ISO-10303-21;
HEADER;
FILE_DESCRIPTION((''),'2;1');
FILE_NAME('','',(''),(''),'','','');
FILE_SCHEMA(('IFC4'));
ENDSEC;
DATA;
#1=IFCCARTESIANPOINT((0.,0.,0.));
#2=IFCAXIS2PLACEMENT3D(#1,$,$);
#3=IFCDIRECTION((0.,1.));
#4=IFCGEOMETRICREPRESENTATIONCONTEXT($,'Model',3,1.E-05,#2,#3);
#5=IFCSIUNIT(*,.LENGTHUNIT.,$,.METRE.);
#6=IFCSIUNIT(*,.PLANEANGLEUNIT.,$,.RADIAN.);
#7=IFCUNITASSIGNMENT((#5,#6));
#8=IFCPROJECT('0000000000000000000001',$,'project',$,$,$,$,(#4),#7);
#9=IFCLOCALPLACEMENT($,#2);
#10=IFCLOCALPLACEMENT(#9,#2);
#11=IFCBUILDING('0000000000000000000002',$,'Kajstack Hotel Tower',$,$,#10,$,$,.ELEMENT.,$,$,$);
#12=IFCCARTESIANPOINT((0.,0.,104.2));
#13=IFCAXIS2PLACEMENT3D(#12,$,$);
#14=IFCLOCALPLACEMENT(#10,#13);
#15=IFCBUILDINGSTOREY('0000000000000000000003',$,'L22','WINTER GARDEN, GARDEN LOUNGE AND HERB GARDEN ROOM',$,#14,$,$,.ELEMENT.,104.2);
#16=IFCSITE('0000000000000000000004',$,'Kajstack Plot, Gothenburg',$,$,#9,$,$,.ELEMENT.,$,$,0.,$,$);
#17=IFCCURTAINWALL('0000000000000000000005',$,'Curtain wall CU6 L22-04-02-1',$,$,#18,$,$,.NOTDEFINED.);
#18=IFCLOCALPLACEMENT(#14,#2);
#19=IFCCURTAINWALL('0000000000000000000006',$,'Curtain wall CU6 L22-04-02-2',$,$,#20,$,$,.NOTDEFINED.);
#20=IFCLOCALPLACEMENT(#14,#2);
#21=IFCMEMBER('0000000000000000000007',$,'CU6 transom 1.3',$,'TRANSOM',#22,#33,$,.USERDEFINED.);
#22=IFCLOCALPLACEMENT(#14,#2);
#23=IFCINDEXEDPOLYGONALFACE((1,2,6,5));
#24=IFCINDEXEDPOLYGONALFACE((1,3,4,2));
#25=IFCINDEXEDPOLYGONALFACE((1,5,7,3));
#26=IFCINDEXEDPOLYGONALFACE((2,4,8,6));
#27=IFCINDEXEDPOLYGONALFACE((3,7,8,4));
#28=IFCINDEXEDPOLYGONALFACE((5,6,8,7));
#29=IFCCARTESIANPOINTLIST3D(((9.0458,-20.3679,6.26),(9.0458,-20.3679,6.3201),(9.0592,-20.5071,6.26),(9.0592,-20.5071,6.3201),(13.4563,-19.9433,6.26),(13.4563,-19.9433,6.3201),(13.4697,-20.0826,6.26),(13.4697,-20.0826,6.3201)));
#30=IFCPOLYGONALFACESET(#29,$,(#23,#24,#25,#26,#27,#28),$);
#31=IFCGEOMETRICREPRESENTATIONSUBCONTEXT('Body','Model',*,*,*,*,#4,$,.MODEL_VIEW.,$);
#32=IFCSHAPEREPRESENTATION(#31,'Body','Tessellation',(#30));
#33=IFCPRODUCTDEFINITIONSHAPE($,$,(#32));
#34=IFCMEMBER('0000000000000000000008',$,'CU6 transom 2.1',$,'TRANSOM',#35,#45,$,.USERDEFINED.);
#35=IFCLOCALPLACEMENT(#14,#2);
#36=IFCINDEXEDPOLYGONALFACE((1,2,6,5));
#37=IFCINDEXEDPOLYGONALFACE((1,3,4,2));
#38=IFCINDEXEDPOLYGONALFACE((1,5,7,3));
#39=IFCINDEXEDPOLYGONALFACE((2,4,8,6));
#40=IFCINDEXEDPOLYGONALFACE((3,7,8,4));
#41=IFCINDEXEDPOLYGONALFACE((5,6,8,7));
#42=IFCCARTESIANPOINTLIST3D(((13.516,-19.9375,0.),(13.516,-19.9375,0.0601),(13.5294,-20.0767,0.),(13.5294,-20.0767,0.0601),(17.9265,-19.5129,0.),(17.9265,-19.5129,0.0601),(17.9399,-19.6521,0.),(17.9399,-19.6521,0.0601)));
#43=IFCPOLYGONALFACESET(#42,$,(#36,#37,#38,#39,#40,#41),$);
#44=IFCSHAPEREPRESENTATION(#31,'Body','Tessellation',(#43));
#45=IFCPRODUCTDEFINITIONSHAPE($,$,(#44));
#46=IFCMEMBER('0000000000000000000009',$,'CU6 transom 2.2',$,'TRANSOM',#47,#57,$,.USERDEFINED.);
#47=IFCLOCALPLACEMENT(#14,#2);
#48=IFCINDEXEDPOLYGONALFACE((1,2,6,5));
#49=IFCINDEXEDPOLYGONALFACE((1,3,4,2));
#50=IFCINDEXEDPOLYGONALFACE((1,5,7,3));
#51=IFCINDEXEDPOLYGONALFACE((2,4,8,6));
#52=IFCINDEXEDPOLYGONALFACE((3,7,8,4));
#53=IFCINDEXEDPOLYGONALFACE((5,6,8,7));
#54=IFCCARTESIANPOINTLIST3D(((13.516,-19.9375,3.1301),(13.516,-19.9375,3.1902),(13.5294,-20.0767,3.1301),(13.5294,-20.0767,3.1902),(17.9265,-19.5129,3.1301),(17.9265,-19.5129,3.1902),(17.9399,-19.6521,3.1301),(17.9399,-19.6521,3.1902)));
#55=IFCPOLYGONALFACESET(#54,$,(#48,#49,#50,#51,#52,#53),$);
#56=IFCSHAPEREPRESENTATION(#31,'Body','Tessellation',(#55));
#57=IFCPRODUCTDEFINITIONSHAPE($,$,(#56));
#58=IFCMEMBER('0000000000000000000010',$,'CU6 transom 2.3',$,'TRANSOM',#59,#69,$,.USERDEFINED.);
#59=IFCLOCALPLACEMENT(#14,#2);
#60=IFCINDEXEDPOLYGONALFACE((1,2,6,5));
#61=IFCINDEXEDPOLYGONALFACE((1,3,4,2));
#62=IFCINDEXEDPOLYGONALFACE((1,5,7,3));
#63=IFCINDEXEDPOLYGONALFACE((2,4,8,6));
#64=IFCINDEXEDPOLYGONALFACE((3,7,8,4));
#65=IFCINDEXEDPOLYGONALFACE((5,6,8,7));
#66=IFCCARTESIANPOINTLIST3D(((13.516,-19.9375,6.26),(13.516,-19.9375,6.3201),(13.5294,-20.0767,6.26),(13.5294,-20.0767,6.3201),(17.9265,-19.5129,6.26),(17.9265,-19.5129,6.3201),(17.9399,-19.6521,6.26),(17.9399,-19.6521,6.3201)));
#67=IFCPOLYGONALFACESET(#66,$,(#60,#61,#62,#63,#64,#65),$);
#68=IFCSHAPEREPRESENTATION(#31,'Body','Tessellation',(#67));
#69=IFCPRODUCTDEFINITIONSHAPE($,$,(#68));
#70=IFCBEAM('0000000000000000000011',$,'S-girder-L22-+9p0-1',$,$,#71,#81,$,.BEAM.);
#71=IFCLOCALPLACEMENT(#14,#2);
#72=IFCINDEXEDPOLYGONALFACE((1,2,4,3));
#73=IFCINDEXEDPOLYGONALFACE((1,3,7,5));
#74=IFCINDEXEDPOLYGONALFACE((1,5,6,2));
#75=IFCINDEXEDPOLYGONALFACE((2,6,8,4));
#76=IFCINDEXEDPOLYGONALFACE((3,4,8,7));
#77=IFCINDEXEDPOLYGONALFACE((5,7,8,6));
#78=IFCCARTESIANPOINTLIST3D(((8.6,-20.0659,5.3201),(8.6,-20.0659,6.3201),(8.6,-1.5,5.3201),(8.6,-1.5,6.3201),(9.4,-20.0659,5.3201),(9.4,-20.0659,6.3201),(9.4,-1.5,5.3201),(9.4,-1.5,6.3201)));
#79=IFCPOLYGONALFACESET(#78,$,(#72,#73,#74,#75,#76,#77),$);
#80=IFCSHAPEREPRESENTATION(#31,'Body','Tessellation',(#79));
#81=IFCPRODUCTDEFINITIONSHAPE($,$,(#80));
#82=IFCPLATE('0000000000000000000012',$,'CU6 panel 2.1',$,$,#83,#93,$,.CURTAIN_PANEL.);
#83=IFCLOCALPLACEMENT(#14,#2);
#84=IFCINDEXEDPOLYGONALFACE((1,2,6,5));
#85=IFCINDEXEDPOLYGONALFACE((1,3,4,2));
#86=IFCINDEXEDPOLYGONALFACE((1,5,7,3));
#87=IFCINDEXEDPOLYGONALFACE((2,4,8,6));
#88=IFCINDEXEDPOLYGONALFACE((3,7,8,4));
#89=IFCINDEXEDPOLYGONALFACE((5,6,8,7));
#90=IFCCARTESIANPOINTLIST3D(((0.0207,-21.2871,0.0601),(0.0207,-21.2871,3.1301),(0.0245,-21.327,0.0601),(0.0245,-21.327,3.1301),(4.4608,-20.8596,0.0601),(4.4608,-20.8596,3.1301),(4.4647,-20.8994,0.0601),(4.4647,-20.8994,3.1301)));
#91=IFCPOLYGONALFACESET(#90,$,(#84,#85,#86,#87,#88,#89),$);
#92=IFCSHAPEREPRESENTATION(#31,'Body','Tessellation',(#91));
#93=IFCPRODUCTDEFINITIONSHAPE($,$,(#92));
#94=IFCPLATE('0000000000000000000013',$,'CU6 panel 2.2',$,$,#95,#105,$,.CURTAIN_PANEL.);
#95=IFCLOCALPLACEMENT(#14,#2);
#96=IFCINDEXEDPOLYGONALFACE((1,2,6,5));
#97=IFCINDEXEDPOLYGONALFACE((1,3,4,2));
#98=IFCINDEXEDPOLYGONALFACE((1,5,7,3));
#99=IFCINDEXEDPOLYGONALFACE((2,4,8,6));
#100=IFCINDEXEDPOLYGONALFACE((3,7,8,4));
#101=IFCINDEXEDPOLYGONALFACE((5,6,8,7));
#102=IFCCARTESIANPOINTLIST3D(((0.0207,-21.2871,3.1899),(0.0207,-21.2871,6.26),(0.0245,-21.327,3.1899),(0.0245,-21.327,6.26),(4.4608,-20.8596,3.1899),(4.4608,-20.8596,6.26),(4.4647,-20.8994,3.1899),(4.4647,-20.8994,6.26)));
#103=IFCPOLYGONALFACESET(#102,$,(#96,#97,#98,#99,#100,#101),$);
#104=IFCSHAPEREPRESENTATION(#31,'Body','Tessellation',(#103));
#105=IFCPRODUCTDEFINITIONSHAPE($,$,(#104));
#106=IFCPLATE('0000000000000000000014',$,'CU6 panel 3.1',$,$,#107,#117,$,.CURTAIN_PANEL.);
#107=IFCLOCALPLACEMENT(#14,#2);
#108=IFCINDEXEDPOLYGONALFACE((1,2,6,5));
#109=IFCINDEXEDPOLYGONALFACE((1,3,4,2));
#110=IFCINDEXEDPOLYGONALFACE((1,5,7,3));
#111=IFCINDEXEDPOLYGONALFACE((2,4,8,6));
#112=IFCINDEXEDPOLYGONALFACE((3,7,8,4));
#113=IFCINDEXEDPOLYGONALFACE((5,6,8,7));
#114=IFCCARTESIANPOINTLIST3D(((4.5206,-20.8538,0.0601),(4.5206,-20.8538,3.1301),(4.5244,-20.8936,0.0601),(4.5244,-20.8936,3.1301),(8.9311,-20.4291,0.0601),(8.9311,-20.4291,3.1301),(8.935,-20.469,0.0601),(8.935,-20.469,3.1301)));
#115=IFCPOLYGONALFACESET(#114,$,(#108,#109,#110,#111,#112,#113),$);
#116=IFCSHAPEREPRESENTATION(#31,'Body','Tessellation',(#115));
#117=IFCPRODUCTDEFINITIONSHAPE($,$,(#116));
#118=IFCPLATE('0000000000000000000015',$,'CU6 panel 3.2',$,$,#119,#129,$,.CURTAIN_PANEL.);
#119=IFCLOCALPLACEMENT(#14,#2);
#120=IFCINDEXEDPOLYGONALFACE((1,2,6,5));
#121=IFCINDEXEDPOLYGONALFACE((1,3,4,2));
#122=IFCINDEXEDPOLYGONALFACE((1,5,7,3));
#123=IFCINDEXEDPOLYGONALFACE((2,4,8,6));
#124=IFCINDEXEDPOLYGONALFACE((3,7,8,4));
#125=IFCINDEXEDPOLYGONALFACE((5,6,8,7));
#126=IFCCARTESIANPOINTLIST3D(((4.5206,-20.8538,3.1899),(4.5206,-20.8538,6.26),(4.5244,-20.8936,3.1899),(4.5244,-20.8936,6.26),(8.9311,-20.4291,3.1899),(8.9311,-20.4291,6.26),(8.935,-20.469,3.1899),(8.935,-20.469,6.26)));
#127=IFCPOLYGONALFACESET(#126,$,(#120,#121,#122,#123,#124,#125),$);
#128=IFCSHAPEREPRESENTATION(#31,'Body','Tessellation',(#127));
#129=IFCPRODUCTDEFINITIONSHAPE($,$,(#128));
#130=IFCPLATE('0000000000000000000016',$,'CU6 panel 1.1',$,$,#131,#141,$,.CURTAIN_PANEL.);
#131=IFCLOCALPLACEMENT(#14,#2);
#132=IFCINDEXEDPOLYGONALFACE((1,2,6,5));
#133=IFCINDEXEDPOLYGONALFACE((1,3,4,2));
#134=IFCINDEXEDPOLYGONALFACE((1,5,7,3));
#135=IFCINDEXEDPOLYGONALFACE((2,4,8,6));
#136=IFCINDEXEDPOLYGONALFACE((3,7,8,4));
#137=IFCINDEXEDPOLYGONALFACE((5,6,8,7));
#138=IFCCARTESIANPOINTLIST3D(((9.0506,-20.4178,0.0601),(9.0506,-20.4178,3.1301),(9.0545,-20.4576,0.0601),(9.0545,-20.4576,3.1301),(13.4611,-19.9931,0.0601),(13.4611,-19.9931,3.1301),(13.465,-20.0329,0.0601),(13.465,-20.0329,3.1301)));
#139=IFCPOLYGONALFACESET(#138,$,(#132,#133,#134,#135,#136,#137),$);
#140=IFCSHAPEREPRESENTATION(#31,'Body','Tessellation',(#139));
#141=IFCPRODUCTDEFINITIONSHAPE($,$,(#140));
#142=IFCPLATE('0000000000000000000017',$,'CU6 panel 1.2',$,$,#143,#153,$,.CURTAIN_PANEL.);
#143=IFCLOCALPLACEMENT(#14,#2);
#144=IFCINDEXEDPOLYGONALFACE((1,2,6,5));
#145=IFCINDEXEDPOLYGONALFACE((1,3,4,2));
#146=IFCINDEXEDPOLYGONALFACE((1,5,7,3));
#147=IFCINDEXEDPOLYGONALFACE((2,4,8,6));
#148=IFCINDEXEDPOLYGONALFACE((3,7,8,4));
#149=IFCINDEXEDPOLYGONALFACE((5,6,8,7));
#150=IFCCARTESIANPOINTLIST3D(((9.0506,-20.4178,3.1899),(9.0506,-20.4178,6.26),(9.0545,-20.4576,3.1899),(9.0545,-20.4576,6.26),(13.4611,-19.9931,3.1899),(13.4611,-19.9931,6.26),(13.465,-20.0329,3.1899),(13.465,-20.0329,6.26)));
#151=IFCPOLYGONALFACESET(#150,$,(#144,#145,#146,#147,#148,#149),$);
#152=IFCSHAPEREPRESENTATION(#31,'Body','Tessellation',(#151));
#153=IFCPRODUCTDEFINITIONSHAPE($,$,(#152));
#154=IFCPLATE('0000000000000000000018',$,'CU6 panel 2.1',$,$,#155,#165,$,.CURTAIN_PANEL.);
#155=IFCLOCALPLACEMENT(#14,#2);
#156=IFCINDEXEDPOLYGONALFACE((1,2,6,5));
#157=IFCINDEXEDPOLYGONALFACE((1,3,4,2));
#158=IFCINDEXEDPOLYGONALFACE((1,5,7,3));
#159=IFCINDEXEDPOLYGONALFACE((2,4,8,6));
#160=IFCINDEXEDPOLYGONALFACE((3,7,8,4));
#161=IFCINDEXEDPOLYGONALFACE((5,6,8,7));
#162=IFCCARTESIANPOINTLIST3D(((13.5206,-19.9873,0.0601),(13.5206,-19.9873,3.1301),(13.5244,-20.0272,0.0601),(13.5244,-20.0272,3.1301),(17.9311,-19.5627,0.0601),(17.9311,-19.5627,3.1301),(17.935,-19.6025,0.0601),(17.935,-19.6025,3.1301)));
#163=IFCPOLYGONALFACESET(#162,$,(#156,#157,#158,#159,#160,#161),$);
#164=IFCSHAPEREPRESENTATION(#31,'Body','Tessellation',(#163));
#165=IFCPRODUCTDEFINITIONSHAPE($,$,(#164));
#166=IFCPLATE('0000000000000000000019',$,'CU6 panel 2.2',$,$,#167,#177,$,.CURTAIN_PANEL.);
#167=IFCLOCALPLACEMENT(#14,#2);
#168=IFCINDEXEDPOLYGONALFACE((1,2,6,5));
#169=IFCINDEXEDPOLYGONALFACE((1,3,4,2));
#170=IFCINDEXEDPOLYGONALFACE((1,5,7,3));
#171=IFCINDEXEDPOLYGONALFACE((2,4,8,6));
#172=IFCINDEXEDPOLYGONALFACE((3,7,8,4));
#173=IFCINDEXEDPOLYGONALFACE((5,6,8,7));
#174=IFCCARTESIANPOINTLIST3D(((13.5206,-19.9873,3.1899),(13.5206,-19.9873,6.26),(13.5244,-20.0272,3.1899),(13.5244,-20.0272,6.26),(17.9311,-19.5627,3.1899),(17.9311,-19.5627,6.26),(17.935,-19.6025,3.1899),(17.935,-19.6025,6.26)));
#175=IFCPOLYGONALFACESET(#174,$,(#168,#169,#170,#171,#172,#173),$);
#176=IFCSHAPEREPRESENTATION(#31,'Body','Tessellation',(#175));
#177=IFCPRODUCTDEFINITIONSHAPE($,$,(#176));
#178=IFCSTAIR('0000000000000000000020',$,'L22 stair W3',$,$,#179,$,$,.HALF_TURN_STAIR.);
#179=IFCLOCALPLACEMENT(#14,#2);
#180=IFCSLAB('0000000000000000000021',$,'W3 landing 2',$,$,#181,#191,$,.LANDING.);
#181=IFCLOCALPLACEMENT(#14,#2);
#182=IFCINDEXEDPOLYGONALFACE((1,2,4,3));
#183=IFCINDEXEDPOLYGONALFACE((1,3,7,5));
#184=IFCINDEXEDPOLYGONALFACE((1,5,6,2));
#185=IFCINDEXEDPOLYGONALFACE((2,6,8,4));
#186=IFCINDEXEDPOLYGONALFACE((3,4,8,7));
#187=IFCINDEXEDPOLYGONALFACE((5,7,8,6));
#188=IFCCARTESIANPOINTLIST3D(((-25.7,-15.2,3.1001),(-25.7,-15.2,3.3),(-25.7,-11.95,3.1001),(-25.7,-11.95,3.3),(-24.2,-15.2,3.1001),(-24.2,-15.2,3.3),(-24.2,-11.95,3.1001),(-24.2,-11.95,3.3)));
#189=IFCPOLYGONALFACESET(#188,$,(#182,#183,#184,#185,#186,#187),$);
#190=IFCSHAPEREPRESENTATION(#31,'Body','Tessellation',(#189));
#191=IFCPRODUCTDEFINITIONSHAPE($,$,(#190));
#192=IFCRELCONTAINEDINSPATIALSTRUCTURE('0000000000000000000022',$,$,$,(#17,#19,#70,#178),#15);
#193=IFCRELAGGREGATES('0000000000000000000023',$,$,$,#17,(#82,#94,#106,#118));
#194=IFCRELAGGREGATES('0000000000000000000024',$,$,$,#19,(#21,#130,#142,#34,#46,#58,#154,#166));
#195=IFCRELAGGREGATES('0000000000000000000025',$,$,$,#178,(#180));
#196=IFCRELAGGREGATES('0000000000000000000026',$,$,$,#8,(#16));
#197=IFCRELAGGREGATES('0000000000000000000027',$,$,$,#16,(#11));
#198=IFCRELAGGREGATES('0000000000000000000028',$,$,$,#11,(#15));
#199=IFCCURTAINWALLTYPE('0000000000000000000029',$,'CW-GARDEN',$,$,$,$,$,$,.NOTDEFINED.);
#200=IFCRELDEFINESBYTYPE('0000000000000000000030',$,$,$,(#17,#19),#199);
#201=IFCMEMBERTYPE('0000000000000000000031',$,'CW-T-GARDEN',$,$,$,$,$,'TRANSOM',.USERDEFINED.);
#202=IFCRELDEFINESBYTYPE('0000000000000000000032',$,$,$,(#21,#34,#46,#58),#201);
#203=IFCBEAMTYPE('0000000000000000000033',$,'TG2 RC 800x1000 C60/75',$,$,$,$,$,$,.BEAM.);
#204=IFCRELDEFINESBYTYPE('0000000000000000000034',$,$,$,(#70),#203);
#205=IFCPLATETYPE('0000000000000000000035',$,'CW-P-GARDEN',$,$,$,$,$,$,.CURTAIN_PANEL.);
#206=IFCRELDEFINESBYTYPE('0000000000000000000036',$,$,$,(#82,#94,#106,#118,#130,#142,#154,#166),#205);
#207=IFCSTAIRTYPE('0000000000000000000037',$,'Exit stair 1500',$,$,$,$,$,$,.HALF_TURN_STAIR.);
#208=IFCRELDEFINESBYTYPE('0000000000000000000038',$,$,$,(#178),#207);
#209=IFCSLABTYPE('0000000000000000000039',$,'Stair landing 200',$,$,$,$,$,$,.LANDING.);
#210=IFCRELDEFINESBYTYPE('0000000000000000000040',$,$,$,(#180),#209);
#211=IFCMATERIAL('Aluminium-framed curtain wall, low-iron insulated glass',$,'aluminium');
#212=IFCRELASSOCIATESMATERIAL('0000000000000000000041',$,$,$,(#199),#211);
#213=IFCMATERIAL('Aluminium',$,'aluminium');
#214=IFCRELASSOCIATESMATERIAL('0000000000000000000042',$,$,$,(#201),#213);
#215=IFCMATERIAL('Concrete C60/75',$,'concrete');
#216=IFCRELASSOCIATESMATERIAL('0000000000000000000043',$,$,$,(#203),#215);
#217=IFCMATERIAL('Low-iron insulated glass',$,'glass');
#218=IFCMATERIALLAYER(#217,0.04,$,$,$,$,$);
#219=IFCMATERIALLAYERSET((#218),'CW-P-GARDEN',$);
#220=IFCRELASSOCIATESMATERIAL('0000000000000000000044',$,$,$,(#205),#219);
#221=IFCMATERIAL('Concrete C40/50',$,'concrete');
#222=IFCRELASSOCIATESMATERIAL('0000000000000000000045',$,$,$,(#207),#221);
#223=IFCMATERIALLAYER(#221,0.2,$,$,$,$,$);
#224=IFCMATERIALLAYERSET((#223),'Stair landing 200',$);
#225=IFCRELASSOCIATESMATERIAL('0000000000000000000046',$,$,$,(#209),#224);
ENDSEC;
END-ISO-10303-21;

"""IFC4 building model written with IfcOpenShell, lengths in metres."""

from ifc_helpers import new_model, si_unit, direction, frame, origin, origin_2d, place, context, subcontext, project, spatial, polyline, rectangle, outline, extrude, material, layer, layer_set, material_profile, profile_set, type_object, element, aggregate, save


model = new_model("IFC4")

# Units and contexts
model_context = context("Model", 3, precision=1e-05, world=origin(), true_north=direction((0.0, 1.0)))
body_context = subcontext(model_context, "Body", "Model", "MODEL_VIEW")
ifc_project = project(units=[si_unit("LENGTHUNIT", "METRE"), si_unit("PLANEANGLEUNIT", "RADIAN")], contexts=[model_context])

# Site, building, storey
site_placement = place(None, origin())
site = spatial("IfcSite", under=ifc_project, at=site_placement, Name="Kajstack Plot, Gothenburg", CompositionType="ELEMENT", RefElevation=0.0)
building_placement = place(site_placement, origin())
building = spatial("IfcBuilding", under=site, at=building_placement, Name="Kajstack Hotel Tower", CompositionType="ELEMENT")
storey_placement = place(building_placement, frame((0.0, 0.0, 104.2)))
storey = spatial("IfcBuildingStorey", under=building, at=storey_placement, Name="L22", Description="WINTER GARDEN, GARDEN LOUNGE AND HERB GARDEN ROOM", CompositionType="ELEMENT", Elevation=104.2)

# Curtain walls
ifc_material_1 = material(Name="Aluminium-framed curtain wall, low-iron insulated glass", Category="aluminium")
curtain_wall_type = type_object("IfcCurtainWallType", Name="CW-GARDEN", PredefinedType="NOTDEFINED", material=ifc_material_1)
curtain_wall_1_placement = place(storey_placement, origin())
curtain_wall_1 = element("IfcCurtainWall", 1, at=curtain_wall_1_placement, inside=storey, type_object=curtain_wall_type, Name="Curtain wall CU6 L22-04-02-1", PredefinedType="NOTDEFINED")
ifc_material_2 = material(Name="Aluminium", Category="aluminium")
curtain_wall_2_placement = place(storey_placement, origin())
curtain_wall_2 = element("IfcCurtainWall", 2, at=curtain_wall_2_placement, inside=storey, type_object=curtain_wall_type, Name="Curtain wall CU6 L22-04-02-2", PredefinedType="NOTDEFINED")

# Members
ifc_material_profile_1 = material_profile(ifc_material_2, rectangle(XDim=0.1399, YDim=0.0601, at=origin_2d()), Name="Aluminium transom 140 x 60")
ifc_profile_set_1 = profile_set([ifc_material_profile_1], Name="Aluminium")
member_type_1 = type_object("IfcMemberType", Name="CW-T-GARDEN", ElementType="TRANSOM", PredefinedType="USERDEFINED", material=ifc_profile_set_1)
member_1_placement = place(storey_placement, frame((9.0525, -20.4375, 6.29), z_axis=(0.995399, 0.095821, 0.0), x_axis=(-0.095821, 0.995399, 0.0)))
member_1 = element("IfcMember", 3, at=member_1_placement, type_object=member_type_1, Name="CU6 transom 1.3", ObjectType="TRANSOM", PredefinedType="USERDEFINED", context=body_context, shape_type="SweptSolid", body=[
    extrude(rectangle(XDim=0.1399, YDim=0.0601, at=origin_2d()), origin(), (0.0, 0.0, 1.0), 4.4309),
])
member_2_placement = place(storey_placement, frame((13.5227, -20.0071, 0.03), z_axis=(0.995399, 0.095821, 0.0), x_axis=(-0.095821, 0.995399, 0.0)))
member_2 = element("IfcMember", 4, at=member_2_placement, type_object=member_type_1, Name="CU6 transom 2.1", ObjectType="TRANSOM", PredefinedType="USERDEFINED", context=body_context, shape_type="SweptSolid", body=[
    extrude(rectangle(XDim=0.1399, YDim=0.0601, at=origin_2d()), origin(), (0.0, 0.0, 1.0), 4.4309),
])
member_3_placement = place(storey_placement, frame((13.5227, -20.0071, 3.1602), z_axis=(0.995399, 0.095821, 0.0), x_axis=(-0.095821, 0.995399, 0.0)))
member_3 = element("IfcMember", 5, at=member_3_placement, type_object=member_type_1, Name="CU6 transom 2.2", ObjectType="TRANSOM", PredefinedType="USERDEFINED", context=body_context, shape_type="SweptSolid", body=[
    extrude(rectangle(XDim=0.1399, YDim=0.0601, at=origin_2d()), origin(), (0.0, 0.0, 1.0), 4.4309),
])
member_4_placement = place(storey_placement, frame((13.5227, -20.0071, 6.29), z_axis=(0.995399, 0.095821, 0.0), x_axis=(-0.095821, 0.995399, 0.0)))
member_4 = element("IfcMember", 6, at=member_4_placement, type_object=member_type_1, Name="CU6 transom 2.3", ObjectType="TRANSOM", PredefinedType="USERDEFINED", context=body_context, shape_type="SweptSolid", body=[
    extrude(rectangle(XDim=0.1399, YDim=0.0601, at=origin_2d()), origin(), (0.0, 0.0, 1.0), 4.4309),
])

# Beam
ifc_material_3 = material(Name="Concrete C60/75", Category="concrete")
ifc_material_profile_2 = material_profile(ifc_material_3, rectangle(XDim=0.8, YDim=1.0, at=origin_2d()), Name="RC 800x1000")
ifc_profile_set_2 = profile_set([ifc_material_profile_2], Name="Concrete C60/75")
beam_type = type_object("IfcBeamType", Name="TG2 RC 800x1000 C60/75", PredefinedType="BEAM", material=ifc_profile_set_2)
beam_placement = place(storey_placement, frame((9.0, -20.0659, 5.8201), z_axis=(0.0, 1.0, 0.0), x_axis=(-1.0, 0.0, 0.0)))
element("IfcBeam", 7, at=beam_placement, inside=storey, type_object=beam_type, Name="S-girder-L22-+9p0-1", PredefinedType="BEAM", context=body_context, shape_type="SweptSolid", body=[
    extrude(rectangle(XDim=0.8, YDim=1.0, at=origin_2d()), origin(), (0.0, 0.0, 1.0), 18.5659),
])

# Plates
ifc_material_4 = material(Name="Low-iron insulated glass", Category="glass")
ifc_layer_1 = layer(ifc_material_4, 0.04)
ifc_layer_set_1 = layer_set([ifc_layer_1], Name="CW-P-GARDEN")
plate_type = type_object("IfcPlateType", Name="CW-P-GARDEN", PredefinedType="CURTAIN_PANEL", material=ifc_layer_set_1)
plate_1_placement = place(storey_placement, frame((2.2427, -21.0933, 0.0601), z_axis=(0.0, 0.0, 1.0), x_axis=(0.995396, 0.095846, 0.0)))
plate_1 = element("IfcPlate", 8, at=plate_1_placement, type_object=plate_type, Name="CU6 panel 2.1", PredefinedType="CURTAIN_PANEL", context=body_context, shape_type="SweptSolid", body=[
    extrude(rectangle(XDim=4.4607, YDim=0.04, at=origin_2d()), origin(), (0.0, 0.0, 1.0), 3.0701),
])
plate_2_placement = place(storey_placement, frame((2.2427, -21.0933, 3.1899), z_axis=(0.0, 0.0, 1.0), x_axis=(0.995396, 0.095846, 0.0)))
plate_2 = element("IfcPlate", 9, at=plate_2_placement, type_object=plate_type, Name="CU6 panel 2.2", PredefinedType="CURTAIN_PANEL", context=body_context, shape_type="SweptSolid", body=[
    extrude(rectangle(XDim=4.4607, YDim=0.04, at=origin_2d()), origin(), (0.0, 0.0, 1.0), 3.0701),
])
plate_3_placement = place(storey_placement, frame((6.7278, -20.6614, 0.0601), z_axis=(0.0, 0.0, 1.0), x_axis=(0.995396, 0.095846, 0.0)))
plate_3 = element("IfcPlate", 10, at=plate_3_placement, type_object=plate_type, Name="CU6 panel 3.1", PredefinedType="CURTAIN_PANEL", context=body_context, shape_type="SweptSolid", body=[
    extrude(rectangle(XDim=4.4309, YDim=0.04, at=origin_2d()), origin(), (0.0, 0.0, 1.0), 3.0701),
])
plate_4_placement = place(storey_placement, frame((6.7278, -20.6614, 3.1899), z_axis=(0.0, 0.0, 1.0), x_axis=(0.995396, 0.095846, 0.0)))
plate_4 = element("IfcPlate", 11, at=plate_4_placement, type_object=plate_type, Name="CU6 panel 3.2", PredefinedType="CURTAIN_PANEL", context=body_context, shape_type="SweptSolid", body=[
    extrude(rectangle(XDim=4.4309, YDim=0.04, at=origin_2d()), origin(), (0.0, 0.0, 1.0), 3.0701),
])
aggregate(curtain_wall_1, [plate_1, plate_2, plate_3, plate_4])
plate_5_placement = place(storey_placement, frame((11.2578, -20.2253, 0.0601), z_axis=(0.0, 0.0, 1.0), x_axis=(0.995396, 0.095846, 0.0)))
plate_5 = element("IfcPlate", 12, at=plate_5_placement, type_object=plate_type, Name="CU6 panel 1.1", PredefinedType="CURTAIN_PANEL", context=body_context, shape_type="SweptSolid", body=[
    extrude(rectangle(XDim=4.4309, YDim=0.04, at=origin_2d()), origin(), (0.0, 0.0, 1.0), 3.0701),
])
plate_6_placement = place(storey_placement, frame((11.2578, -20.2253, 3.1899), z_axis=(0.0, 0.0, 1.0), x_axis=(0.995396, 0.095846, 0.0)))
plate_6 = element("IfcPlate", 13, at=plate_6_placement, type_object=plate_type, Name="CU6 panel 1.2", PredefinedType="CURTAIN_PANEL", context=body_context, shape_type="SweptSolid", body=[
    extrude(rectangle(XDim=4.4309, YDim=0.04, at=origin_2d()), origin(), (0.0, 0.0, 1.0), 3.0701),
])
plate_7_placement = place(storey_placement, frame((15.7278, -19.7949, 0.0601), z_axis=(0.0, 0.0, 1.0), x_axis=(0.995396, 0.095846, 0.0)))
plate_7 = element("IfcPlate", 14, at=plate_7_placement, type_object=plate_type, Name="CU6 panel 2.1", PredefinedType="CURTAIN_PANEL", context=body_context, shape_type="SweptSolid", body=[
    extrude(rectangle(XDim=4.4309, YDim=0.04, at=origin_2d()), origin(), (0.0, 0.0, 1.0), 3.0701),
])
plate_8_placement = place(storey_placement, frame((15.7278, -19.7949, 3.1899), z_axis=(0.0, 0.0, 1.0), x_axis=(0.995396, 0.095846, 0.0)))
plate_8 = element("IfcPlate", 15, at=plate_8_placement, type_object=plate_type, Name="CU6 panel 2.2", PredefinedType="CURTAIN_PANEL", context=body_context, shape_type="SweptSolid", body=[
    extrude(rectangle(XDim=4.4309, YDim=0.04, at=origin_2d()), origin(), (0.0, 0.0, 1.0), 3.0701),
])
aggregate(curtain_wall_2, [member_1, plate_5, plate_6, member_2, member_3, member_4, plate_7, plate_8])

# Stair, slab
ifc_material_5 = material(Name="Concrete C40/50", Category="concrete")
stair_type_1 = type_object("IfcStairType", Name="Exit stair 1500", PredefinedType="HALF_TURN_STAIR", material=ifc_material_5)
stair_1_placement = place(storey_placement, origin())
stair_1 = element("IfcStair", 16, at=stair_1_placement, inside=storey, type_object=stair_type_1, Name="L22 stair W3", PredefinedType="HALF_TURN_STAIR")
ifc_layer_2 = layer(ifc_material_5, 0.2)
ifc_layer_set_2 = layer_set([ifc_layer_2], Name="Stair landing 200")
slab_type = type_object("IfcSlabType", Name="Stair landing 200", PredefinedType="LANDING", material=ifc_layer_set_2)
slab_1_placement = place(storey_placement, frame((0.0, 0.0, 3.1001)))
slab_1 = element("IfcSlab", 17, at=slab_1_placement, type_object=slab_type, Name="W3 landing 2", PredefinedType="LANDING", context=body_context, shape_type="SweptSolid", body=[
    extrude(outline(polyline([(-24.2, -11.95), (-25.7, -11.95), (-25.7, -15.2), (-24.2, -15.2), (-24.2, -11.95)])), origin(), (0.0, 0.0, 1.0), 0.2),
])
aggregate(stair_1, [slab_1])

save(model, "model.ifc")
